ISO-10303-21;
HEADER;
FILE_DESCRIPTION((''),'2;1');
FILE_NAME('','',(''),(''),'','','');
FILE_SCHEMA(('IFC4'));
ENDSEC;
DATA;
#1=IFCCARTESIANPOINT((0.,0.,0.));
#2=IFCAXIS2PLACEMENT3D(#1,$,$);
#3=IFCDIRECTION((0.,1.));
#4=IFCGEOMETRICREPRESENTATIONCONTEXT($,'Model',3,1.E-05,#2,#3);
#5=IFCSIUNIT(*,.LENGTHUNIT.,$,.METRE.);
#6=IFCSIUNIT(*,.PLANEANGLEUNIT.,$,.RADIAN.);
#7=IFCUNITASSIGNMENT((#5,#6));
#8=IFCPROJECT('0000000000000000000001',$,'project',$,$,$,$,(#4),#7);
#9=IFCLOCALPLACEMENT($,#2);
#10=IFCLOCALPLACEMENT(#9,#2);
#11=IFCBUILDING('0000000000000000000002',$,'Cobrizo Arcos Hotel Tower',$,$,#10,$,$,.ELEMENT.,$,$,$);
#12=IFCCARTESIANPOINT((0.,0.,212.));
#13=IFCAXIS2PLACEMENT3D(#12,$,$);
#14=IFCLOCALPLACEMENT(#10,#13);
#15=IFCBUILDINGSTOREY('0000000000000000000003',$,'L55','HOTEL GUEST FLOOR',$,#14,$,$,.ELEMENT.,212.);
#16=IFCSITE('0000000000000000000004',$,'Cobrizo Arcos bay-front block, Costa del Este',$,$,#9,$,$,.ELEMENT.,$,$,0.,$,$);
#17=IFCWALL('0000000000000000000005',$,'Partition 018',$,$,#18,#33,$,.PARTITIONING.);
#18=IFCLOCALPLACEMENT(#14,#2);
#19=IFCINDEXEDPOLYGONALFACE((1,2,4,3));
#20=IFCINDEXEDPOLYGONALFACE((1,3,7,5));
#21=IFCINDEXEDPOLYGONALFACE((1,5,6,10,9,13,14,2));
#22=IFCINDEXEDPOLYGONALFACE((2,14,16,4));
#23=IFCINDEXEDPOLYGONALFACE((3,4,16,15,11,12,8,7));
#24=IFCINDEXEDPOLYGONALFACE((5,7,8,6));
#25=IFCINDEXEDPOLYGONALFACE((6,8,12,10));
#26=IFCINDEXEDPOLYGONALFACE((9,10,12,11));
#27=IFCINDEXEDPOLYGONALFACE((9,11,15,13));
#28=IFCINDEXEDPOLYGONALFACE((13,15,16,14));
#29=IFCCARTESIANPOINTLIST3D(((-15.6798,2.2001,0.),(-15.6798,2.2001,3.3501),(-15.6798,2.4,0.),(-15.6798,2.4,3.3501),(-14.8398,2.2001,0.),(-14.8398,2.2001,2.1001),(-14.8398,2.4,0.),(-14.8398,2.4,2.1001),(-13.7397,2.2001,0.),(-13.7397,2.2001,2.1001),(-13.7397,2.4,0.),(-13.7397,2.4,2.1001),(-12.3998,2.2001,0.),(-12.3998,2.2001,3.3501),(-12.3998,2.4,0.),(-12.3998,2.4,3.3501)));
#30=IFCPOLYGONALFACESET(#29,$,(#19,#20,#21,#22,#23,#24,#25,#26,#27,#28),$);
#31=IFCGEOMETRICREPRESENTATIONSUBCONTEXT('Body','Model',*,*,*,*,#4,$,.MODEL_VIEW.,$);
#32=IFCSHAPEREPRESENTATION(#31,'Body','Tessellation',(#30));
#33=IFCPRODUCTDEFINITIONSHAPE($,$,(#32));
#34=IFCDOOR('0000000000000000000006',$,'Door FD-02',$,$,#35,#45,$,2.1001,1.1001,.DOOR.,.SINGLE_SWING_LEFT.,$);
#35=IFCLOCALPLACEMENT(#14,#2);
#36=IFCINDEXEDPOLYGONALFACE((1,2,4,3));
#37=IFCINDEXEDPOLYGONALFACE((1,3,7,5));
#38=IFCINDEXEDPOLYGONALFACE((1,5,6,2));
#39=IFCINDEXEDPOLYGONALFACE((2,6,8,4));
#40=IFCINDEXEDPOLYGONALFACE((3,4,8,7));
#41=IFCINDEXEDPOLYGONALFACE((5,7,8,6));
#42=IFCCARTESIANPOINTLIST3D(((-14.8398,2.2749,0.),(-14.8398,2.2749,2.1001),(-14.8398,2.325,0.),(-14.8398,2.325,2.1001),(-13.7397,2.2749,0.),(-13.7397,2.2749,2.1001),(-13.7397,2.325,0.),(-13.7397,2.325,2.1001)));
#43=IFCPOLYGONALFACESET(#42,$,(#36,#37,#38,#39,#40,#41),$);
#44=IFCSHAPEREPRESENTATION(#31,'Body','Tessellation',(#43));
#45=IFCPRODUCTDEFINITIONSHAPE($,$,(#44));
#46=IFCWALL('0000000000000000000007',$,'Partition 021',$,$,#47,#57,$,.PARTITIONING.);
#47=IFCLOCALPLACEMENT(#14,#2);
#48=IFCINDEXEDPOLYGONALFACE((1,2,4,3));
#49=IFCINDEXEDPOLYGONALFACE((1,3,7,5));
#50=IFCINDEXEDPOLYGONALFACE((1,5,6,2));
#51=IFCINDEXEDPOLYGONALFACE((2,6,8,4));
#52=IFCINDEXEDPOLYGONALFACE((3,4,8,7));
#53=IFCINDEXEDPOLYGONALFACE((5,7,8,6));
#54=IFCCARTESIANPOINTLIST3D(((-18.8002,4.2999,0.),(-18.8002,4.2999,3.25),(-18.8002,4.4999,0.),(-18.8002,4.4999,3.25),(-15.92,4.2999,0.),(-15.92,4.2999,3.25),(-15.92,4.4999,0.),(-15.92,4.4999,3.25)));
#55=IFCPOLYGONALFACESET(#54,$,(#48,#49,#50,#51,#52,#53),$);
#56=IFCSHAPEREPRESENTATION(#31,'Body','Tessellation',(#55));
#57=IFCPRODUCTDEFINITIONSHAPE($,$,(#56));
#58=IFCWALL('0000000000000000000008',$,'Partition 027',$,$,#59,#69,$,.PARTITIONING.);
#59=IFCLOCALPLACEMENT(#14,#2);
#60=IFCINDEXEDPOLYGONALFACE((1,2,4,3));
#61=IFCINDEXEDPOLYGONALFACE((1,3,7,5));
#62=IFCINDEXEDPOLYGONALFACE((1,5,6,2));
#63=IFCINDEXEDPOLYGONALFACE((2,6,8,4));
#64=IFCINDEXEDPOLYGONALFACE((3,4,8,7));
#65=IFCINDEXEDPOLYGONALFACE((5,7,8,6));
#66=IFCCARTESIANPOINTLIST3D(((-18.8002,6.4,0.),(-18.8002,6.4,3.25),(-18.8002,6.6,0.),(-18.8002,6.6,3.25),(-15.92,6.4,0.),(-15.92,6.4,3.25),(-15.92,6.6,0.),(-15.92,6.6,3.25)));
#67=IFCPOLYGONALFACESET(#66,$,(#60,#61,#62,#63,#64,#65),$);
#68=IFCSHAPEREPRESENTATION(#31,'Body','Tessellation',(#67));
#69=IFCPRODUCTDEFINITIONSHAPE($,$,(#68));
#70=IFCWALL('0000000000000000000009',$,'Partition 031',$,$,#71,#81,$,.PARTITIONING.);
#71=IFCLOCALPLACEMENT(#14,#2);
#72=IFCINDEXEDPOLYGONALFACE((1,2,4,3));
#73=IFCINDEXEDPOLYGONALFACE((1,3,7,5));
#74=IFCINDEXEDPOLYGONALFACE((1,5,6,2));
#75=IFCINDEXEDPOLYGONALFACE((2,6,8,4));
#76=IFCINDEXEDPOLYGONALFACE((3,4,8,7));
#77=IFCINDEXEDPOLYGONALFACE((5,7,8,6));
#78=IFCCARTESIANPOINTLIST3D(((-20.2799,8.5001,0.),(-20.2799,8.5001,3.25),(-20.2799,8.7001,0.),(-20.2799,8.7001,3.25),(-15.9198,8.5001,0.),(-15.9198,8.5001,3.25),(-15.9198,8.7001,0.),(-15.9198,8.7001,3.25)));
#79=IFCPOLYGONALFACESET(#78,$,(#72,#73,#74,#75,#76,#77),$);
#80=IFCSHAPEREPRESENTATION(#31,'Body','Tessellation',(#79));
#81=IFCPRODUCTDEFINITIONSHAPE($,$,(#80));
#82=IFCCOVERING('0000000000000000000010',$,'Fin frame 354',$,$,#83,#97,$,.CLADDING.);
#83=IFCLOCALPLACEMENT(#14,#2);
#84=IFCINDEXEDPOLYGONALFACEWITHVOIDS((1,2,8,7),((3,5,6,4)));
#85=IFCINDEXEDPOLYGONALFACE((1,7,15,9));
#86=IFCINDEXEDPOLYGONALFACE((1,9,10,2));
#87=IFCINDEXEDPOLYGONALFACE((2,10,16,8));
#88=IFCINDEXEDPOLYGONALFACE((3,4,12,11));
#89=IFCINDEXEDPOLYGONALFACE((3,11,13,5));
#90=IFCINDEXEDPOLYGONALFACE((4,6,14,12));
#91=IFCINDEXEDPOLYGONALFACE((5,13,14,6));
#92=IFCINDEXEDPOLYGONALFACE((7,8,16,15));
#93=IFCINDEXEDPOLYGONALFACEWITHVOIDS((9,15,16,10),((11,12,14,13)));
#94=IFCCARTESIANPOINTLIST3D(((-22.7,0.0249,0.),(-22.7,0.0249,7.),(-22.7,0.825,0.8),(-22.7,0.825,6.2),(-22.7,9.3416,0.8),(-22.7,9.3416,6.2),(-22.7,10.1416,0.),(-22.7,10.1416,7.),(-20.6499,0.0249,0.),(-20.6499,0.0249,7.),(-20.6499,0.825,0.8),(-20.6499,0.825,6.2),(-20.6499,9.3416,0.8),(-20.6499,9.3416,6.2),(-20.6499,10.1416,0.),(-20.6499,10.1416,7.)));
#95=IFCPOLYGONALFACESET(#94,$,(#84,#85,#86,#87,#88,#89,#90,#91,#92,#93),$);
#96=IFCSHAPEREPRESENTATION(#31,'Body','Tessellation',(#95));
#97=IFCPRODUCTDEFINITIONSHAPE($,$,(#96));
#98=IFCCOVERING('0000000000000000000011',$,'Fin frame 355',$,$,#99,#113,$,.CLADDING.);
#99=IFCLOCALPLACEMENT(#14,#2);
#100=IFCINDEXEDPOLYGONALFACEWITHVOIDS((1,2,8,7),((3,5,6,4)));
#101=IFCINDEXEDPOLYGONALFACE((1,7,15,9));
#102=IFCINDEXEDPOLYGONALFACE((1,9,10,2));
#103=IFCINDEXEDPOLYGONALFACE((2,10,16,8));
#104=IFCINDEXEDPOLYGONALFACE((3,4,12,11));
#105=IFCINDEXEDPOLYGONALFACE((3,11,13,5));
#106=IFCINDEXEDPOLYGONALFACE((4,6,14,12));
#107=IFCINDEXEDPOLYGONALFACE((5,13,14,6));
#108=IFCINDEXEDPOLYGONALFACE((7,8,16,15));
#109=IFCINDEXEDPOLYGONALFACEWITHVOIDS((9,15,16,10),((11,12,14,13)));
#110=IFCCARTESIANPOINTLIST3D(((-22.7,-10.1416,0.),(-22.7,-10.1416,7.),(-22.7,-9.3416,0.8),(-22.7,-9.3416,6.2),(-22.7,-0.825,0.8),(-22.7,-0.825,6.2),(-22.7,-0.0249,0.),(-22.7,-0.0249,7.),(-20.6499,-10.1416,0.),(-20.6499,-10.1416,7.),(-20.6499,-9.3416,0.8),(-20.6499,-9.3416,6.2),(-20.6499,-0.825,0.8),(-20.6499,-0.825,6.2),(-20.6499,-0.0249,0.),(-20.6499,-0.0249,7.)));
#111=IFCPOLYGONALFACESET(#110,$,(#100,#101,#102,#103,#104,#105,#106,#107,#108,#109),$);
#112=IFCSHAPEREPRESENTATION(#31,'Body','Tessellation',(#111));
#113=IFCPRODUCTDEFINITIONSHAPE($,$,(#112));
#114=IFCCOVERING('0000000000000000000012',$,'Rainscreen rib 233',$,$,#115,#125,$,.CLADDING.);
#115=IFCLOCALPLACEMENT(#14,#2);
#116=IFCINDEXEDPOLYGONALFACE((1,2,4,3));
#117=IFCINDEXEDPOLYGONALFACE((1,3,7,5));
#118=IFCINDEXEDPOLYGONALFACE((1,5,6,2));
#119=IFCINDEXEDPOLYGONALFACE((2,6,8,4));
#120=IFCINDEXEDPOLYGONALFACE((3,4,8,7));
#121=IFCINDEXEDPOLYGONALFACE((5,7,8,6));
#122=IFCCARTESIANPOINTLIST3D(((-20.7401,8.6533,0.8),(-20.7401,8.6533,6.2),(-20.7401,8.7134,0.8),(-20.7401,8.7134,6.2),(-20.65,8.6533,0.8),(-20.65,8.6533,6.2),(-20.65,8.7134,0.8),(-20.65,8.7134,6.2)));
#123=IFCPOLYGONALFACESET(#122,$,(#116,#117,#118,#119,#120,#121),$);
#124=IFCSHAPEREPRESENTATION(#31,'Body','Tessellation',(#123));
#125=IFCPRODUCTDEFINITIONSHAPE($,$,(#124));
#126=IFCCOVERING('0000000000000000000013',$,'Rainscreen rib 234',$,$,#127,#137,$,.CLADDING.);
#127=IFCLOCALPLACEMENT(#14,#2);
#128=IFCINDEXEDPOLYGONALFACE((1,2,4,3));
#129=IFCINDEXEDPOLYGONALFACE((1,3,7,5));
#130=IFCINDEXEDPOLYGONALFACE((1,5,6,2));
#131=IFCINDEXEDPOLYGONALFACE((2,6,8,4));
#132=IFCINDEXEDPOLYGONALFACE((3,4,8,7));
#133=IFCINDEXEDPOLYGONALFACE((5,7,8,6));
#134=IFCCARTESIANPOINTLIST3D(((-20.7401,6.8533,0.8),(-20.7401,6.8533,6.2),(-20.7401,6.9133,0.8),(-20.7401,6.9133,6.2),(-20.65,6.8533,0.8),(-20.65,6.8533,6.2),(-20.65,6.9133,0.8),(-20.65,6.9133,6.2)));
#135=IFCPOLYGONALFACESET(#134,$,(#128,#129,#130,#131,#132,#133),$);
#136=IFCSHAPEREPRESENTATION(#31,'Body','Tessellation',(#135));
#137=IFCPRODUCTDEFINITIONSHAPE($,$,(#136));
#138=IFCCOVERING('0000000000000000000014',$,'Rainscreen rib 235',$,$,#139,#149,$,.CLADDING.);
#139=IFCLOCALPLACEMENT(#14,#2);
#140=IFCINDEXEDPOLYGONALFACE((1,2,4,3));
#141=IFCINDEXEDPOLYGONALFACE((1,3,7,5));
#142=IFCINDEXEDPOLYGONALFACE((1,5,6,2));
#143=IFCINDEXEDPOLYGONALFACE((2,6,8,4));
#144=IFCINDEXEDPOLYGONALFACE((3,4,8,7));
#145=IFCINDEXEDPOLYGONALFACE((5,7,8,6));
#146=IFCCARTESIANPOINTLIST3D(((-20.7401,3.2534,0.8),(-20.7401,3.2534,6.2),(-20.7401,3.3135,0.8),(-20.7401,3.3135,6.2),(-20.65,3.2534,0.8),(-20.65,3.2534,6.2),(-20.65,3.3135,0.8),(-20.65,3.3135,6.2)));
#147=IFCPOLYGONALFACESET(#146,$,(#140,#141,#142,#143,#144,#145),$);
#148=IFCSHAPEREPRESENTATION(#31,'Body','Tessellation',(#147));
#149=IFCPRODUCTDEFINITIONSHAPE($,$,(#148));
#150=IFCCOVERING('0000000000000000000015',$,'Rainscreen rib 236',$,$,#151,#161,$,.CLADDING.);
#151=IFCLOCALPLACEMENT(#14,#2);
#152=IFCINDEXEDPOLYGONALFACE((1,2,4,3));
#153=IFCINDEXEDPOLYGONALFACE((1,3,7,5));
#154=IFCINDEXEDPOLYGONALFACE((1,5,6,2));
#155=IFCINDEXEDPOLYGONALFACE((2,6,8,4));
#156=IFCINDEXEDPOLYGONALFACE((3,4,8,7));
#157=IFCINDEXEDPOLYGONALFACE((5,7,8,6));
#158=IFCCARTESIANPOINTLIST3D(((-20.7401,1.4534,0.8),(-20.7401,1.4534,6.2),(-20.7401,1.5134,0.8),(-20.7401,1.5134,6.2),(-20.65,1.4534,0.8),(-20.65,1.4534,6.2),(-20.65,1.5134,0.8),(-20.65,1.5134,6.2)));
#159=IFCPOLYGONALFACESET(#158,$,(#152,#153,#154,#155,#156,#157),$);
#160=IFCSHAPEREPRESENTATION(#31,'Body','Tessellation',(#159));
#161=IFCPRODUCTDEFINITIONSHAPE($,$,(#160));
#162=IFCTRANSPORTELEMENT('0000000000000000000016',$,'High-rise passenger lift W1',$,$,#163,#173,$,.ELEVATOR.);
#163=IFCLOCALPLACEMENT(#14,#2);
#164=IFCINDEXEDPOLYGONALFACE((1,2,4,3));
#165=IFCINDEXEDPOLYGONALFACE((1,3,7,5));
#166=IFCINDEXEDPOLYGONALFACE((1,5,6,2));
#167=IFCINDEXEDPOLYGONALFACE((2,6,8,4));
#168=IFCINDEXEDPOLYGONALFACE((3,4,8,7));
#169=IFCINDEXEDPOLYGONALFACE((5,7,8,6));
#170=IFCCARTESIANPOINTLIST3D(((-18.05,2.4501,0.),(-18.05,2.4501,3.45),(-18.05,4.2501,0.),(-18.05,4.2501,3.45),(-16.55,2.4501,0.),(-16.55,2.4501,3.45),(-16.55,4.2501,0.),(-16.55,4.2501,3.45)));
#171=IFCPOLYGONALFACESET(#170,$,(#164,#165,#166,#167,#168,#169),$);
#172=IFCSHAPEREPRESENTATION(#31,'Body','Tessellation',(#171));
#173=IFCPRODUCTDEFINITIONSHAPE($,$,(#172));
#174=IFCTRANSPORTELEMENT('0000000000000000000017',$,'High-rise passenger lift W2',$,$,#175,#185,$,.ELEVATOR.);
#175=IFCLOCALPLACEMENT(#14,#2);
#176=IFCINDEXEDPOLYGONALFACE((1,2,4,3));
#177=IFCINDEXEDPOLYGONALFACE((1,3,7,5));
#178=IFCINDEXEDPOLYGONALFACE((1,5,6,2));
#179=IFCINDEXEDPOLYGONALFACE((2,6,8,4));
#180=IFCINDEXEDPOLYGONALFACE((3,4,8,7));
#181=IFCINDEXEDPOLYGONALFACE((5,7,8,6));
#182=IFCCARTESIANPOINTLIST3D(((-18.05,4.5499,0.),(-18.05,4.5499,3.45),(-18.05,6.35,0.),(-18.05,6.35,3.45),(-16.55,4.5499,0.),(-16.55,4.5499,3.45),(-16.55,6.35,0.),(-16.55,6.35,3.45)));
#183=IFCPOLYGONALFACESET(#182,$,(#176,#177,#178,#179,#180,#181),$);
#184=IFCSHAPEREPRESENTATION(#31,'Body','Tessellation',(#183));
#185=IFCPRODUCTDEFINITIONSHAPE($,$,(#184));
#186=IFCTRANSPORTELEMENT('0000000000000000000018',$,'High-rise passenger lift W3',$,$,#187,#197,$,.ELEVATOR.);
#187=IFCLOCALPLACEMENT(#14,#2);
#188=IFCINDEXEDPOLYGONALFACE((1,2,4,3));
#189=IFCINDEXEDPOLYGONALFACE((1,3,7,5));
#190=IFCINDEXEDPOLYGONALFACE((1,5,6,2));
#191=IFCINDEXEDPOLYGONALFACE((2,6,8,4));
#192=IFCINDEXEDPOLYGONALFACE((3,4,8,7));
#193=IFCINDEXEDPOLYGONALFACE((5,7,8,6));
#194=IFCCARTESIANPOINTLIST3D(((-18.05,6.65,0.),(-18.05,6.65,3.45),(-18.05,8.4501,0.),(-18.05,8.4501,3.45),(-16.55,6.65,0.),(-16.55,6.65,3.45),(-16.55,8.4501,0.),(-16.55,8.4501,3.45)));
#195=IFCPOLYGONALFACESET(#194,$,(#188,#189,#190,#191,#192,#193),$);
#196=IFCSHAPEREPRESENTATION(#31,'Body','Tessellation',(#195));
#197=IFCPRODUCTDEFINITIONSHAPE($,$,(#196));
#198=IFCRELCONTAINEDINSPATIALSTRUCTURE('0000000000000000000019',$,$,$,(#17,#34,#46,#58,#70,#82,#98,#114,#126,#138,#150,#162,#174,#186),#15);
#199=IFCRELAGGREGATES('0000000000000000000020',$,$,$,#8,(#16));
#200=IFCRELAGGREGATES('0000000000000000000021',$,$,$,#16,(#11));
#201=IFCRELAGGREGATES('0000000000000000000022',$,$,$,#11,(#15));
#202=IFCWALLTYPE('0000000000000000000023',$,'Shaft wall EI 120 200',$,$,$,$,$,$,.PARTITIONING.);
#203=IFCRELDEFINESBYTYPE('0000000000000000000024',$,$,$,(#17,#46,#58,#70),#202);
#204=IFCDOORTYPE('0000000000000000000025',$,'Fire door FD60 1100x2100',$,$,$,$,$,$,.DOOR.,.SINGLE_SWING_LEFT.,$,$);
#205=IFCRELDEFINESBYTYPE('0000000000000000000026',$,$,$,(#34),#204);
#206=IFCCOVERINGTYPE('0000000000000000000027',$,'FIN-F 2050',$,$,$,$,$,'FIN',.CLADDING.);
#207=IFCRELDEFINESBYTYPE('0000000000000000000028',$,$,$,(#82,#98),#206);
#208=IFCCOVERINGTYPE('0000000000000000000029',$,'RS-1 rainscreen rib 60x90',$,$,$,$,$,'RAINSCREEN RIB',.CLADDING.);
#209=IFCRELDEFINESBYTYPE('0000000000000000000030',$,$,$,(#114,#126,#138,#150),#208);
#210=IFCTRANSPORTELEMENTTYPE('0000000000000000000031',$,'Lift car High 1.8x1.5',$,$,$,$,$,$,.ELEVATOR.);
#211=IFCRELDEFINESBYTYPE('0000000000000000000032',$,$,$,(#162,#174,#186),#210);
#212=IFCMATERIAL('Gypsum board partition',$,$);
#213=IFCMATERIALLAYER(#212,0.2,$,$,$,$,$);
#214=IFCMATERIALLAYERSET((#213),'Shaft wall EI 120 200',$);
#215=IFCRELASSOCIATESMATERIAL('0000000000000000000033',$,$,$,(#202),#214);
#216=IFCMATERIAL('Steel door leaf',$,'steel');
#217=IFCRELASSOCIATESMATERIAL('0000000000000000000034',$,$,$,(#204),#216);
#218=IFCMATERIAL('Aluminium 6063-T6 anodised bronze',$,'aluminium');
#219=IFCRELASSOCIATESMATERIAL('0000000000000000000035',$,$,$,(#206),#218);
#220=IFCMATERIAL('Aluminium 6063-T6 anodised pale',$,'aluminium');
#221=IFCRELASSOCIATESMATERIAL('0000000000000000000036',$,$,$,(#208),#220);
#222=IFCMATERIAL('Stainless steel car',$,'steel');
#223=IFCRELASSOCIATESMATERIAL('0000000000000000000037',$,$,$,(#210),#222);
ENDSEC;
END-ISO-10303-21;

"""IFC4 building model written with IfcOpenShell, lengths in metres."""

from ifc_helpers import new_model, si_unit, direction, frame, frame_2d, origin, origin_2d, place, context, subcontext, project, spatial, polyline, rectangle, outline, extrude, material, layer, layer_set, type_object, element, fill, save


model = new_model("IFC4")

# Units and contexts
model_context = context("Model", 3, precision=1e-05, world=origin(), true_north=direction((0.0, 1.0)))
body_context = subcontext(model_context, "Body", "Model", "MODEL_VIEW")
ifc_project = project(units=[si_unit("LENGTHUNIT", "METRE"), si_unit("PLANEANGLEUNIT", "RADIAN")], contexts=[model_context])

# Site, building, storey
site_placement = place(None, origin())
site = spatial("IfcSite", under=ifc_project, at=site_placement, Name="Cobrizo Arcos bay-front block, Costa del Este", CompositionType="ELEMENT", RefElevation=0.0)
building_placement = place(site_placement, origin())
building = spatial("IfcBuilding", under=site, at=building_placement, Name="Cobrizo Arcos Hotel Tower", CompositionType="ELEMENT")
storey_placement = place(building_placement, frame((0.0, 0.0, 212.0)))
storey = spatial("IfcBuildingStorey", under=building, at=storey_placement, Name="L55", Description="HOTEL GUEST FLOOR", CompositionType="ELEMENT", Elevation=212.0)

# Shared definitions
ifc_material_1 = material(Name="Gypsum board partition")

# Shared definitions
ifc_layer_1 = layer(ifc_material_1, 0.2)
ifc_layer_set_1 = layer_set([ifc_layer_1], Name="Shaft wall EI 120 200")
wall_type_1 = type_object("IfcWallType", Name="Shaft wall EI 120 200", PredefinedType="PARTITIONING", material=ifc_layer_set_1)

# Wall, opening, door
wall_1_placement = place(storey_placement, frame((-15.6799, 2.3, 0.0), z_axis=(0.0, 0.0, 1.0), x_axis=(1.0, 0.0, 0.0)))
wall_1 = element("IfcWall", 1, at=wall_1_placement, inside=storey, type_object=wall_type_1, Name="Partition 018", PredefinedType="PARTITIONING", context=body_context, shape_type="SweptSolid", body=[
    extrude(rectangle(XDim=3.28, YDim=0.2, at=frame_2d((1.6401, 0.0))), origin(), (0.0, 0.0, 1.0), 3.3501),
])
opening_1_placement = place(wall_1_placement, frame((0.8401, 0.0, 0.0)))
opening_1 = element("IfcOpeningElement", 2, at=opening_1_placement, cuts=wall_1, PredefinedType="OPENING", context=body_context, shape_type="SweptSolid", body=[
    extrude(rectangle(XDim=1.1001, YDim=2.1001, at=frame_2d((0.55, 1.05))), frame((0.0, 0.1121, 0.0), z_axis=(0.0, -1.0, 0.0), x_axis=(1.0, 0.0, 0.0)), (0.0, 0.0, 1.0), 0.2239),
])
ifc_material_2 = material(Name="Steel door leaf", Category="steel")
door_type_1 = type_object("IfcDoorType", Name="Fire door FD60 1100x2100", OperationType="SINGLE_SWING_LEFT", PredefinedType="DOOR", material=ifc_material_2)
door_1_placement = place(opening_1_placement, origin())
door_1 = element("IfcDoor", 3, at=door_1_placement, inside=storey, type_object=door_type_1, Name="Door FD-02", OperationType="SINGLE_SWING_LEFT", OverallHeight=2.1001, OverallWidth=1.1001, PredefinedType="DOOR", context=body_context, shape_type="SweptSolid", body=[
    extrude(rectangle(XDim=1.1001, YDim=2.1001, at=frame_2d((0.55, 1.05))), frame((0.0, 0.0249, 0.0), z_axis=(0.0, -1.0, 0.0), x_axis=(1.0, 0.0, 0.0)), (0.0, 0.0, 1.0), 0.05),
])
fill(opening_1, door_1)

# Walls
for number, where, z_axis, x_axis, name in (
    (4, (-18.8, 4.3999, 0.0), (0.0, 0.0, 1.0), (1.0, 0.0, 0.0), "Partition 021"),
    (5, (-18.8, 6.5, 0.0), (0.0, 0.0, 1.0), (1.0, 0.0, 0.0), "Partition 027"),
):
    element("IfcWall", number, at=place(storey_placement, frame(where, z_axis=z_axis, x_axis=x_axis)), inside=storey, type_object=wall_type_1, Name=name, PredefinedType="PARTITIONING", context=body_context, shape_type="SweptSolid", body=[
        extrude(rectangle(XDim=2.8801, YDim=0.2, at=frame_2d((1.4399, 0.0))), origin(), (0.0, 0.0, 1.0), 3.25),
    ])
wall_2_placement = place(storey_placement, frame((-20.28, 8.6001, 0.0), z_axis=(0.0, 0.0, 1.0), x_axis=(1.0, 0.0, 0.0)))
element("IfcWall", 6, at=wall_2_placement, inside=storey, type_object=wall_type_1, Name="Partition 031", PredefinedType="PARTITIONING", context=body_context, shape_type="SweptSolid", body=[
    extrude(rectangle(XDim=4.3601, YDim=0.2, at=frame_2d((2.1802, 0.0))), origin(), (0.0, 0.0, 1.0), 3.25),
])

# Coverings
ifc_material_3 = material(Name="Aluminium 6063-T6 anodised bronze", Category="aluminium")
covering_type_1 = type_object("IfcCoveringType", Name="FIN-F 2050", ElementType="FIN", PredefinedType="CLADDING", material=ifc_material_3)
for number, where, z_axis, x_axis, name in (
    (7, (-20.6499, 10.1416, 0.0), (-1.0, 0.0, 0.0), (0.0, -1.0, 0.0), "Fin frame 354"),
    (8, (-20.6499, -0.0249, 0.0), (-1.0, 0.0, 0.0), (0.0, -1.0, 0.0), "Fin frame 355"),
):
    element("IfcCovering", number, at=place(storey_placement, frame(where, z_axis=z_axis, x_axis=x_axis)), inside=storey, type_object=covering_type_1, Name=name, PredefinedType="CLADDING", context=body_context, shape_type="SweptSolid", body=[
        extrude(outline(polyline([(0.0, 7.0), (0.0, 0.0), (10.1167, 0.0), (10.1167, 7.0), (0.0, 7.0)]), holes=[polyline([(9.3167, 0.8), (0.8, 0.8), (0.8, 6.2), (9.3167, 6.2), (9.3167, 0.8)])]), origin(), (0.0, 0.0, 1.0), 2.05),
    ])
ifc_material_4 = material(Name="Aluminium 6063-T6 anodised pale", Category="aluminium")
covering_type_2 = type_object("IfcCoveringType", Name="RS-1 rainscreen rib 60x90", ElementType="RAINSCREEN RIB", PredefinedType="CLADDING", material=ifc_material_4)
for number, where, z_axis, x_axis, name in (
    (9, (-20.6951, 8.6833, 0.8), (0.0, 0.0, 1.0), (0.0, -1.0, 0.0), "Rainscreen rib 233"),
    (10, (-20.6951, 6.8833, 0.8), (0.0, 0.0, 1.0), (0.0, -1.0, 0.0), "Rainscreen rib 234"),
    (11, (-20.6951, 3.2834, 0.8), (0.0, 0.0, 1.0), (0.0, -1.0, 0.0), "Rainscreen rib 235"),
    (12, (-20.6951, 1.4834, 0.8), (0.0, 0.0, 1.0), (0.0, -1.0, 0.0), "Rainscreen rib 236"),
):
    element("IfcCovering", number, at=place(storey_placement, frame(where, z_axis=z_axis, x_axis=x_axis)), inside=storey, type_object=covering_type_2, Name=name, PredefinedType="CLADDING", context=body_context, shape_type="SweptSolid", body=[
        extrude(rectangle(XDim=0.0601, YDim=0.0901, at=origin_2d()), origin(), (0.0, 0.0, 1.0), 5.3999),
    ])

# Transport elements
ifc_material_5 = material(Name="Stainless steel car", Category="steel")
transport_element_type = type_object("IfcTransportElementType", Name="Lift car High 1.8x1.5", PredefinedType="ELEVATOR", material=ifc_material_5)
for number, where, z_axis, x_axis, name in (
    (13, (-17.3, 3.3501, 0.0), (0.0, 0.0, 1.0), (1.0, 0.0, 0.0), "High-rise passenger lift W1"),
    (14, (-17.3, 5.45, 0.0), (0.0, 0.0, 1.0), (1.0, 0.0, 0.0), "High-rise passenger lift W2"),
    (15, (-17.3, 7.55, 0.0), (0.0, 0.0, 1.0), (1.0, 0.0, 0.0), "High-rise passenger lift W3"),
):
    element("IfcTransportElement", number, at=place(storey_placement, frame(where, z_axis=z_axis, x_axis=x_axis)), inside=storey, type_object=transport_element_type, Name=name, PredefinedType="ELEVATOR", context=body_context, shape_type="SweptSolid", body=[
        extrude(rectangle(XDim=1.5, YDim=1.8, at=origin_2d()), origin(), (0.0, 0.0, 1.0), 3.45),
    ])

save(model, "model.ifc")
